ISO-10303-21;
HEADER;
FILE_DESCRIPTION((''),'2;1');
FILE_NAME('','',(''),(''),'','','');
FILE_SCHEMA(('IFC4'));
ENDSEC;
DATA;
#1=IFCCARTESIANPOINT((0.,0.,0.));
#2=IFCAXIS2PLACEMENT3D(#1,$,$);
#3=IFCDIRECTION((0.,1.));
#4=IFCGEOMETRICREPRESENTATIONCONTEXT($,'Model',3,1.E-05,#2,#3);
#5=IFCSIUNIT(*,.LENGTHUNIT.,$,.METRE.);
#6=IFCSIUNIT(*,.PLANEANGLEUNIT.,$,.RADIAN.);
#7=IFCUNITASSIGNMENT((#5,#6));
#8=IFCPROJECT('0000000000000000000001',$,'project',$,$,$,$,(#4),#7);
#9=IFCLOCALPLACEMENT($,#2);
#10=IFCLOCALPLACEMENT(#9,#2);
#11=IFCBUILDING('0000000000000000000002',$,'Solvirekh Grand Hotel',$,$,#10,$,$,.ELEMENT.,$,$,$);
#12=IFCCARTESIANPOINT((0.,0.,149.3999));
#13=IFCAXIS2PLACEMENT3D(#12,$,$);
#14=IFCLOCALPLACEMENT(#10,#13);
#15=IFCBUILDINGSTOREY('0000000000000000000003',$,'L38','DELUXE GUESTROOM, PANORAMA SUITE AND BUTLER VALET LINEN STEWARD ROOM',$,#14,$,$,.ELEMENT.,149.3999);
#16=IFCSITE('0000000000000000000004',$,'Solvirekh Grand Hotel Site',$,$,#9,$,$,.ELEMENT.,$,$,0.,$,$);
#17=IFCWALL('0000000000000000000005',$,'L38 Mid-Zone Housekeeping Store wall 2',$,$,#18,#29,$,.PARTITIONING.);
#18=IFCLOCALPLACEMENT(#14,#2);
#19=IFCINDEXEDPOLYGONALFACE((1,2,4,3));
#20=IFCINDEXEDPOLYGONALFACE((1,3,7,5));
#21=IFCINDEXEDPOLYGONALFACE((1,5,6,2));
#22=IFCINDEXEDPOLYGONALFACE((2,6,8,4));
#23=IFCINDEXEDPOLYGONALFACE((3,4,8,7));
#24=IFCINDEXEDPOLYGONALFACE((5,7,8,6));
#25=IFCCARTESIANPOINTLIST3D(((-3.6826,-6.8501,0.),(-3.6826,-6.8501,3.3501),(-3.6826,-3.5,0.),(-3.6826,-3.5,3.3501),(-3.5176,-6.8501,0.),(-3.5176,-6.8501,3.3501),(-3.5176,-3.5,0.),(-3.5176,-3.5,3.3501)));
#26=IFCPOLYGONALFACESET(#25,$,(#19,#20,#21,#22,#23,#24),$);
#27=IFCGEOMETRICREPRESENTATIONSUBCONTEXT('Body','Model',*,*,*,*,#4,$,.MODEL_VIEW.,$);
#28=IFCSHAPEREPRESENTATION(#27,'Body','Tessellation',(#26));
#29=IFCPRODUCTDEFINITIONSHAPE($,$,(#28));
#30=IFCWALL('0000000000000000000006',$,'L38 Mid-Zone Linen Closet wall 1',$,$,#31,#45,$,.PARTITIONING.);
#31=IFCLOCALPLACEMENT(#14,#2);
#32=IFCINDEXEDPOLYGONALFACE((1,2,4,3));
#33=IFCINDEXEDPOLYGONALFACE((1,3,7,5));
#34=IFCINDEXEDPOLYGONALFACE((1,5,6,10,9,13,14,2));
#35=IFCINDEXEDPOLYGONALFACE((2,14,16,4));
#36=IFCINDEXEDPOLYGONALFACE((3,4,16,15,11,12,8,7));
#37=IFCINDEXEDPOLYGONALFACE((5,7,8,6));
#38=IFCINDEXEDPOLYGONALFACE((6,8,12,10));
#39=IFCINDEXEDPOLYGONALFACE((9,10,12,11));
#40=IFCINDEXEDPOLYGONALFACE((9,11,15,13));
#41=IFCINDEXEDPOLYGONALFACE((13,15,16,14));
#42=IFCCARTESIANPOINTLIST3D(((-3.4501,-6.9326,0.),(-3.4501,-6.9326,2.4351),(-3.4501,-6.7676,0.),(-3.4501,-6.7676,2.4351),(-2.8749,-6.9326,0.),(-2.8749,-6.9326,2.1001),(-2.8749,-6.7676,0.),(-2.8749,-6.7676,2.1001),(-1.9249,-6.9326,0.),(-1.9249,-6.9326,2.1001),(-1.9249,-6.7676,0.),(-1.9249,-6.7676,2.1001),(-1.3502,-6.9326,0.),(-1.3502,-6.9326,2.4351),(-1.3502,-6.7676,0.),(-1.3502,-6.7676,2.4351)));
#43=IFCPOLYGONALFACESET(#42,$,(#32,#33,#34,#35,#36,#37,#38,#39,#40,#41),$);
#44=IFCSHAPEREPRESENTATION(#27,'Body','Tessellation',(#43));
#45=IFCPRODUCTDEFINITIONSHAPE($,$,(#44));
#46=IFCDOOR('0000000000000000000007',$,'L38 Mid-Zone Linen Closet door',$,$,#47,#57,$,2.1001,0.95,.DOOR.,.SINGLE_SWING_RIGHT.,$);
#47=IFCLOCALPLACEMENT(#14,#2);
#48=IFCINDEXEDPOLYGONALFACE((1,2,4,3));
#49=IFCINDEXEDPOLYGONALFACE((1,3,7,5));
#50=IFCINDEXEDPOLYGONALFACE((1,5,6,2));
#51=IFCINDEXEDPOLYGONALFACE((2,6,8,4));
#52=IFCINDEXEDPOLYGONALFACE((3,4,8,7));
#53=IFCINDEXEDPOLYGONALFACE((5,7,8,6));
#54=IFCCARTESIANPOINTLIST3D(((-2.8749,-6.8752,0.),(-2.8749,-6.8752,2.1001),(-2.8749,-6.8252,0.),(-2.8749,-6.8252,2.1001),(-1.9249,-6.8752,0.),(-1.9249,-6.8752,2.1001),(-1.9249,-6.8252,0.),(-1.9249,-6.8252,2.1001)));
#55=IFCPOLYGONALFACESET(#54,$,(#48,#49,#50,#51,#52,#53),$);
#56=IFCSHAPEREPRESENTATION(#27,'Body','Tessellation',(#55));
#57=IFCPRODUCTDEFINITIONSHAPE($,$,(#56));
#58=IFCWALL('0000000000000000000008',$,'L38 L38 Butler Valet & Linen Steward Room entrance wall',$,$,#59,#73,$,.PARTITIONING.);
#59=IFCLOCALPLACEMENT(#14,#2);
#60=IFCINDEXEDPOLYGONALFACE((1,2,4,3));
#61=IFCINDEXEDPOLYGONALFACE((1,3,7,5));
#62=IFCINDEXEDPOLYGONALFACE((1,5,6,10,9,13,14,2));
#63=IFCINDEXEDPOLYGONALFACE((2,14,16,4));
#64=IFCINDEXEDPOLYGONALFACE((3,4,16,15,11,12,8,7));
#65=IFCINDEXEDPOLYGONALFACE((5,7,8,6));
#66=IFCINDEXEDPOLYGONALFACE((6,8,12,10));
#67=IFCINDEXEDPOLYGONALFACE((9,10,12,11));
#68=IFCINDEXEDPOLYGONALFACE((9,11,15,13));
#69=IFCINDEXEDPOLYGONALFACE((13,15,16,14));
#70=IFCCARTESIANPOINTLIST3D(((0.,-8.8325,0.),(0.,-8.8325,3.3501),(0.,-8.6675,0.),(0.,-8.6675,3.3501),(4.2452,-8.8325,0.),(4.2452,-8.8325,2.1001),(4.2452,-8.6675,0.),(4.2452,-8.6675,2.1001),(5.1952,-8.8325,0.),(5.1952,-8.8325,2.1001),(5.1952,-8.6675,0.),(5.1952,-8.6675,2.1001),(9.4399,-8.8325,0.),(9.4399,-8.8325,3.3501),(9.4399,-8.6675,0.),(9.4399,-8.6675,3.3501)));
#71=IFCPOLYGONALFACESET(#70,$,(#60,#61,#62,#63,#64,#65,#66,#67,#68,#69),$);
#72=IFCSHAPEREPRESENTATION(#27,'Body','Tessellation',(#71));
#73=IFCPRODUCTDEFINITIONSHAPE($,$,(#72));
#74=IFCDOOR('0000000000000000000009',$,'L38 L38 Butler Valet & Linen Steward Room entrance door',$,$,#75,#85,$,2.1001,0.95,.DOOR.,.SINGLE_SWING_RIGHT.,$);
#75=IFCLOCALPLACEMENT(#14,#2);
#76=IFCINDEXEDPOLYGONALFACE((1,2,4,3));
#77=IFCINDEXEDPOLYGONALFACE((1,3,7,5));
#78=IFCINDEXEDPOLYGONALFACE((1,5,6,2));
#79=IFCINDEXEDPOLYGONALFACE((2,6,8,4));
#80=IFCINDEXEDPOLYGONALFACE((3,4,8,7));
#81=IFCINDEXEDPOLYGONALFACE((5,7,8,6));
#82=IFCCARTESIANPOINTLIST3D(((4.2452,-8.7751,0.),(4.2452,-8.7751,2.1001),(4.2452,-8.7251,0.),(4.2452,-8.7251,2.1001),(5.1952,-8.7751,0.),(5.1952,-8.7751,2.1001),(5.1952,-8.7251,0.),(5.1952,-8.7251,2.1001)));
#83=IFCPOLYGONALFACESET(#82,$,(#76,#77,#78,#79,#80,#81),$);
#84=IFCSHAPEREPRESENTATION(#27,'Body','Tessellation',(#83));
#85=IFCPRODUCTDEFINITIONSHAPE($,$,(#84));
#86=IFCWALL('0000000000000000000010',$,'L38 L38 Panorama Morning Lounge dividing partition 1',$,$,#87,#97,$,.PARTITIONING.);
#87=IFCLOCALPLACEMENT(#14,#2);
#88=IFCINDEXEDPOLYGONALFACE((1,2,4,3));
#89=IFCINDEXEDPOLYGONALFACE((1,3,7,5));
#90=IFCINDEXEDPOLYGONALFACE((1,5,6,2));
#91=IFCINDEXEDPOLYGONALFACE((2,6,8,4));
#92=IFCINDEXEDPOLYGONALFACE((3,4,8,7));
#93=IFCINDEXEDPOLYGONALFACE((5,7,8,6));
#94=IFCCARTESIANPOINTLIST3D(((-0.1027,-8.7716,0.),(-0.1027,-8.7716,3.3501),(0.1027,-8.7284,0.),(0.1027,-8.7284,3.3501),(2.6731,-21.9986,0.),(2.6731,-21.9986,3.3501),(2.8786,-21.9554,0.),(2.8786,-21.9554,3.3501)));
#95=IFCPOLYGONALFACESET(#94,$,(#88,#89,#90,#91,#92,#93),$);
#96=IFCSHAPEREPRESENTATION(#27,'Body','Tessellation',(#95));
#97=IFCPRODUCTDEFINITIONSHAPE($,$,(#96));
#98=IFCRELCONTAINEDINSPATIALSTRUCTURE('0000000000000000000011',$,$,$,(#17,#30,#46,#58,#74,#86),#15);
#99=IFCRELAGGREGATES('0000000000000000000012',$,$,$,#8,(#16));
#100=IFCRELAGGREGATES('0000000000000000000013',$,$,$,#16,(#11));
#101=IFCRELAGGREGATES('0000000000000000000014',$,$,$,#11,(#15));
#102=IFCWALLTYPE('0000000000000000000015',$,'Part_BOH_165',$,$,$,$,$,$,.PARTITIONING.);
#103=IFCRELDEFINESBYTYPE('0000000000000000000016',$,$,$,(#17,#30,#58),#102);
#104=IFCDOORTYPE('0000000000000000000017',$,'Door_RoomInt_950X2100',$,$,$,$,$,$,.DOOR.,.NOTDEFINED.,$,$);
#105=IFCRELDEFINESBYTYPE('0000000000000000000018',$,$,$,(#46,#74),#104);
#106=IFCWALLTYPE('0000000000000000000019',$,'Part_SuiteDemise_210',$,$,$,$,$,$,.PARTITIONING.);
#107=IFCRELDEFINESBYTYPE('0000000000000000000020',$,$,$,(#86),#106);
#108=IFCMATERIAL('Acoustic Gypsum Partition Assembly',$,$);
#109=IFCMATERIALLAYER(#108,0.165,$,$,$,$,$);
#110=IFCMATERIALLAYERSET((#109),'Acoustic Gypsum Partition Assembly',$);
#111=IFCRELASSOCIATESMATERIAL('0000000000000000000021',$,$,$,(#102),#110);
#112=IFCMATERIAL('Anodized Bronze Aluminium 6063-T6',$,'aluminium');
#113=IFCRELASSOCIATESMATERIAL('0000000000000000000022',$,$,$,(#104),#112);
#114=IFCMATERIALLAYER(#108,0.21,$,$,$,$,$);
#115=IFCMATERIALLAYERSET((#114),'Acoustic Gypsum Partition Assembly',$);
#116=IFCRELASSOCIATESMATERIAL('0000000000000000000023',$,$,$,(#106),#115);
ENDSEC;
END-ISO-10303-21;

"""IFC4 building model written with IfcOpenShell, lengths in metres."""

from ifc_helpers import new_model, si_unit, direction, frame, frame_2d, origin, place, context, subcontext, project, spatial, rectangle, extrude, material, layer, layer_set, type_object, element, fill, save


model = new_model("IFC4")

# Units and contexts
model_context = context("Model", 3, precision=1e-05, world=origin(), true_north=direction((0.0, 1.0)))
body_context = subcontext(model_context, "Body", "Model", "MODEL_VIEW")
ifc_project = project(units=[si_unit("LENGTHUNIT", "METRE"), si_unit("PLANEANGLEUNIT", "RADIAN")], contexts=[model_context])

# Site, building, storey
site_placement = place(None, origin())
site = spatial("IfcSite", under=ifc_project, at=site_placement, Name="Solvirekh Grand Hotel Site", CompositionType="ELEMENT", RefElevation=0.0)
building_placement = place(site_placement, origin())
building = spatial("IfcBuilding", under=site, at=building_placement, Name="Solvirekh Grand Hotel", CompositionType="ELEMENT")
storey_placement = place(building_placement, frame((0.0, 0.0, 149.3999)))
storey = spatial("IfcBuildingStorey", under=building, at=storey_placement, Name="L38", Description="DELUXE GUESTROOM, PANORAMA SUITE AND BUTLER VALET LINEN STEWARD ROOM", CompositionType="ELEMENT", Elevation=149.3999)

# Shared definitions
ifc_material_1 = material(Name="Anodized Bronze Aluminium 6063-T6", Category="aluminium")

# Shared definitions
ifc_material_2 = material(Name="Acoustic Gypsum Partition Assembly")
ifc_layer_1 = layer(ifc_material_2, 0.165)
ifc_layer_set_1 = layer_set([ifc_layer_1], Name="Acoustic Gypsum Partition Assembly")
wall_type_1 = type_object("IfcWallType", Name="Part_BOH_165", PredefinedType="PARTITIONING", material=ifc_layer_set_1)
door_type_1 = type_object("IfcDoorType", Name="Door_RoomInt_950X2100", OperationType="NOTDEFINED", PredefinedType="DOOR", material=ifc_material_1)

# Wall
wall_1_placement = place(storey_placement, frame((-3.6001, -6.8501, 0.0), z_axis=(0.0, 0.0, 1.0), x_axis=(0.0, 1.0, 0.0)))
element("IfcWall", 1, at=wall_1_placement, inside=storey, type_object=wall_type_1, Name="L38 Mid-Zone Housekeeping Store wall 2", PredefinedType="PARTITIONING", context=body_context, shape_type="SweptSolid", body=[
    extrude(rectangle(XDim=3.3501, YDim=0.165, at=frame_2d((1.675, 0.0))), origin(), (0.0, 0.0, 1.0), 3.3501),
])

# Walls, openings, doors
wall_2_placement = place(storey_placement, frame((-3.45, -6.8501, 0.0), z_axis=(0.0, 0.0, 1.0), x_axis=(1.0, 0.0, 0.0)))
wall_2 = element("IfcWall", 2, at=wall_2_placement, inside=storey, type_object=wall_type_1, Name="L38 Mid-Zone Linen Closet wall 1", PredefinedType="PARTITIONING", context=body_context, shape_type="SweptSolid", body=[
    extrude(rectangle(XDim=2.0999, YDim=0.165, at=frame_2d((1.0498, 0.0))), origin(), (0.0, 0.0, 1.0), 2.4351),
])
opening_1_placement = place(wall_2_placement, frame((0.575, 0.0, 0.0)))
opening_1 = element("IfcOpeningElement", 3, at=opening_1_placement, cuts=wall_2, PredefinedType="OPENING", context=body_context, shape_type="SweptSolid", body=[
    extrude(rectangle(XDim=0.95, YDim=2.1001, at=frame_2d((0.4751, 1.05))), frame((0.0, 0.0925, 0.0), z_axis=(0.0, -1.0, 0.0), x_axis=(1.0, 0.0, 0.0)), (0.0, 0.0, 1.0), 0.1851),
])
door_1_placement = place(opening_1_placement, origin())
door_1 = element("IfcDoor", 4, at=door_1_placement, inside=storey, type_object=door_type_1, Name="L38 Mid-Zone Linen Closet door", OperationType="SINGLE_SWING_RIGHT", OverallHeight=2.1001, OverallWidth=0.95, PredefinedType="DOOR", context=body_context, shape_type="SweptSolid", body=[
    extrude(rectangle(XDim=0.95, YDim=2.1001, at=frame_2d((0.4751, 1.05))), frame((0.0, 0.0249, 0.0), z_axis=(0.0, -1.0, 0.0), x_axis=(1.0, 0.0, 0.0)), (0.0, 0.0, 1.0), 0.05),
])
fill(opening_1, door_1)
wall_3_placement = place(storey_placement, frame((0.0, -8.75, 0.0), z_axis=(0.0, 0.0, 1.0), x_axis=(1.0, 0.0, 0.0)))
wall_3 = element("IfcWall", 5, at=wall_3_placement, inside=storey, type_object=wall_type_1, Name="L38 L38 Butler Valet & Linen Steward Room entrance wall", PredefinedType="PARTITIONING", context=body_context, shape_type="SweptSolid", body=[
    extrude(rectangle(XDim=9.4399, YDim=0.165, at=frame_2d((4.72, 0.0))), origin(), (0.0, 0.0, 1.0), 3.3501),
])
opening_2_placement = place(wall_3_placement, frame((4.2451, 0.0, 0.0)))
opening_2 = element("IfcOpeningElement", 6, at=opening_2_placement, cuts=wall_3, PredefinedType="OPENING", context=body_context, shape_type="SweptSolid", body=[
    extrude(rectangle(XDim=0.95, YDim=2.1001, at=frame_2d((0.4751, 1.05))), frame((0.0, 0.0925, 0.0), z_axis=(0.0, -1.0, 0.0), x_axis=(1.0, 0.0, 0.0)), (0.0, 0.0, 1.0), 0.1851),
])
door_2_placement = place(opening_2_placement, origin())
door_2 = element("IfcDoor", 7, at=door_2_placement, inside=storey, type_object=door_type_1, Name="L38 L38 Butler Valet & Linen Steward Room entrance door", OperationType="SINGLE_SWING_RIGHT", OverallHeight=2.1001, OverallWidth=0.95, PredefinedType="DOOR", context=body_context, shape_type="SweptSolid", body=[
    extrude(rectangle(XDim=0.95, YDim=2.1001, at=frame_2d((0.4751, 1.05))), frame((0.0, 0.0249, 0.0), z_axis=(0.0, -1.0, 0.0), x_axis=(1.0, 0.0, 0.0)), (0.0, 0.0, 1.0), 0.05),
])
fill(opening_2, door_2)

# Wall
ifc_layer_2 = layer(ifc_material_2, 0.21)
ifc_layer_set_2 = layer_set([ifc_layer_2], Name="Acoustic Gypsum Partition Assembly")
wall_type_2 = type_object("IfcWallType", Name="Part_SuiteDemise_210", PredefinedType="PARTITIONING", material=ifc_layer_set_2)
wall_4_placement = place(storey_placement, frame((0.0, -8.75, 0.0), z_axis=(0.0, 0.0, 1.0), x_axis=(0.20539, -0.97868, 0.0)))
element("IfcWall", 8, at=wall_4_placement, inside=storey, type_object=wall_type_2, Name="L38 L38 Panorama Morning Lounge dividing partition 1", PredefinedType="PARTITIONING", context=body_context, shape_type="SweptSolid", body=[
    extrude(rectangle(XDim=13.5151, YDim=0.21, at=frame_2d((6.7576, 0.0))), origin(), (0.0, 0.0, 1.0), 3.3501),
])

save(model, "model.ifc")
